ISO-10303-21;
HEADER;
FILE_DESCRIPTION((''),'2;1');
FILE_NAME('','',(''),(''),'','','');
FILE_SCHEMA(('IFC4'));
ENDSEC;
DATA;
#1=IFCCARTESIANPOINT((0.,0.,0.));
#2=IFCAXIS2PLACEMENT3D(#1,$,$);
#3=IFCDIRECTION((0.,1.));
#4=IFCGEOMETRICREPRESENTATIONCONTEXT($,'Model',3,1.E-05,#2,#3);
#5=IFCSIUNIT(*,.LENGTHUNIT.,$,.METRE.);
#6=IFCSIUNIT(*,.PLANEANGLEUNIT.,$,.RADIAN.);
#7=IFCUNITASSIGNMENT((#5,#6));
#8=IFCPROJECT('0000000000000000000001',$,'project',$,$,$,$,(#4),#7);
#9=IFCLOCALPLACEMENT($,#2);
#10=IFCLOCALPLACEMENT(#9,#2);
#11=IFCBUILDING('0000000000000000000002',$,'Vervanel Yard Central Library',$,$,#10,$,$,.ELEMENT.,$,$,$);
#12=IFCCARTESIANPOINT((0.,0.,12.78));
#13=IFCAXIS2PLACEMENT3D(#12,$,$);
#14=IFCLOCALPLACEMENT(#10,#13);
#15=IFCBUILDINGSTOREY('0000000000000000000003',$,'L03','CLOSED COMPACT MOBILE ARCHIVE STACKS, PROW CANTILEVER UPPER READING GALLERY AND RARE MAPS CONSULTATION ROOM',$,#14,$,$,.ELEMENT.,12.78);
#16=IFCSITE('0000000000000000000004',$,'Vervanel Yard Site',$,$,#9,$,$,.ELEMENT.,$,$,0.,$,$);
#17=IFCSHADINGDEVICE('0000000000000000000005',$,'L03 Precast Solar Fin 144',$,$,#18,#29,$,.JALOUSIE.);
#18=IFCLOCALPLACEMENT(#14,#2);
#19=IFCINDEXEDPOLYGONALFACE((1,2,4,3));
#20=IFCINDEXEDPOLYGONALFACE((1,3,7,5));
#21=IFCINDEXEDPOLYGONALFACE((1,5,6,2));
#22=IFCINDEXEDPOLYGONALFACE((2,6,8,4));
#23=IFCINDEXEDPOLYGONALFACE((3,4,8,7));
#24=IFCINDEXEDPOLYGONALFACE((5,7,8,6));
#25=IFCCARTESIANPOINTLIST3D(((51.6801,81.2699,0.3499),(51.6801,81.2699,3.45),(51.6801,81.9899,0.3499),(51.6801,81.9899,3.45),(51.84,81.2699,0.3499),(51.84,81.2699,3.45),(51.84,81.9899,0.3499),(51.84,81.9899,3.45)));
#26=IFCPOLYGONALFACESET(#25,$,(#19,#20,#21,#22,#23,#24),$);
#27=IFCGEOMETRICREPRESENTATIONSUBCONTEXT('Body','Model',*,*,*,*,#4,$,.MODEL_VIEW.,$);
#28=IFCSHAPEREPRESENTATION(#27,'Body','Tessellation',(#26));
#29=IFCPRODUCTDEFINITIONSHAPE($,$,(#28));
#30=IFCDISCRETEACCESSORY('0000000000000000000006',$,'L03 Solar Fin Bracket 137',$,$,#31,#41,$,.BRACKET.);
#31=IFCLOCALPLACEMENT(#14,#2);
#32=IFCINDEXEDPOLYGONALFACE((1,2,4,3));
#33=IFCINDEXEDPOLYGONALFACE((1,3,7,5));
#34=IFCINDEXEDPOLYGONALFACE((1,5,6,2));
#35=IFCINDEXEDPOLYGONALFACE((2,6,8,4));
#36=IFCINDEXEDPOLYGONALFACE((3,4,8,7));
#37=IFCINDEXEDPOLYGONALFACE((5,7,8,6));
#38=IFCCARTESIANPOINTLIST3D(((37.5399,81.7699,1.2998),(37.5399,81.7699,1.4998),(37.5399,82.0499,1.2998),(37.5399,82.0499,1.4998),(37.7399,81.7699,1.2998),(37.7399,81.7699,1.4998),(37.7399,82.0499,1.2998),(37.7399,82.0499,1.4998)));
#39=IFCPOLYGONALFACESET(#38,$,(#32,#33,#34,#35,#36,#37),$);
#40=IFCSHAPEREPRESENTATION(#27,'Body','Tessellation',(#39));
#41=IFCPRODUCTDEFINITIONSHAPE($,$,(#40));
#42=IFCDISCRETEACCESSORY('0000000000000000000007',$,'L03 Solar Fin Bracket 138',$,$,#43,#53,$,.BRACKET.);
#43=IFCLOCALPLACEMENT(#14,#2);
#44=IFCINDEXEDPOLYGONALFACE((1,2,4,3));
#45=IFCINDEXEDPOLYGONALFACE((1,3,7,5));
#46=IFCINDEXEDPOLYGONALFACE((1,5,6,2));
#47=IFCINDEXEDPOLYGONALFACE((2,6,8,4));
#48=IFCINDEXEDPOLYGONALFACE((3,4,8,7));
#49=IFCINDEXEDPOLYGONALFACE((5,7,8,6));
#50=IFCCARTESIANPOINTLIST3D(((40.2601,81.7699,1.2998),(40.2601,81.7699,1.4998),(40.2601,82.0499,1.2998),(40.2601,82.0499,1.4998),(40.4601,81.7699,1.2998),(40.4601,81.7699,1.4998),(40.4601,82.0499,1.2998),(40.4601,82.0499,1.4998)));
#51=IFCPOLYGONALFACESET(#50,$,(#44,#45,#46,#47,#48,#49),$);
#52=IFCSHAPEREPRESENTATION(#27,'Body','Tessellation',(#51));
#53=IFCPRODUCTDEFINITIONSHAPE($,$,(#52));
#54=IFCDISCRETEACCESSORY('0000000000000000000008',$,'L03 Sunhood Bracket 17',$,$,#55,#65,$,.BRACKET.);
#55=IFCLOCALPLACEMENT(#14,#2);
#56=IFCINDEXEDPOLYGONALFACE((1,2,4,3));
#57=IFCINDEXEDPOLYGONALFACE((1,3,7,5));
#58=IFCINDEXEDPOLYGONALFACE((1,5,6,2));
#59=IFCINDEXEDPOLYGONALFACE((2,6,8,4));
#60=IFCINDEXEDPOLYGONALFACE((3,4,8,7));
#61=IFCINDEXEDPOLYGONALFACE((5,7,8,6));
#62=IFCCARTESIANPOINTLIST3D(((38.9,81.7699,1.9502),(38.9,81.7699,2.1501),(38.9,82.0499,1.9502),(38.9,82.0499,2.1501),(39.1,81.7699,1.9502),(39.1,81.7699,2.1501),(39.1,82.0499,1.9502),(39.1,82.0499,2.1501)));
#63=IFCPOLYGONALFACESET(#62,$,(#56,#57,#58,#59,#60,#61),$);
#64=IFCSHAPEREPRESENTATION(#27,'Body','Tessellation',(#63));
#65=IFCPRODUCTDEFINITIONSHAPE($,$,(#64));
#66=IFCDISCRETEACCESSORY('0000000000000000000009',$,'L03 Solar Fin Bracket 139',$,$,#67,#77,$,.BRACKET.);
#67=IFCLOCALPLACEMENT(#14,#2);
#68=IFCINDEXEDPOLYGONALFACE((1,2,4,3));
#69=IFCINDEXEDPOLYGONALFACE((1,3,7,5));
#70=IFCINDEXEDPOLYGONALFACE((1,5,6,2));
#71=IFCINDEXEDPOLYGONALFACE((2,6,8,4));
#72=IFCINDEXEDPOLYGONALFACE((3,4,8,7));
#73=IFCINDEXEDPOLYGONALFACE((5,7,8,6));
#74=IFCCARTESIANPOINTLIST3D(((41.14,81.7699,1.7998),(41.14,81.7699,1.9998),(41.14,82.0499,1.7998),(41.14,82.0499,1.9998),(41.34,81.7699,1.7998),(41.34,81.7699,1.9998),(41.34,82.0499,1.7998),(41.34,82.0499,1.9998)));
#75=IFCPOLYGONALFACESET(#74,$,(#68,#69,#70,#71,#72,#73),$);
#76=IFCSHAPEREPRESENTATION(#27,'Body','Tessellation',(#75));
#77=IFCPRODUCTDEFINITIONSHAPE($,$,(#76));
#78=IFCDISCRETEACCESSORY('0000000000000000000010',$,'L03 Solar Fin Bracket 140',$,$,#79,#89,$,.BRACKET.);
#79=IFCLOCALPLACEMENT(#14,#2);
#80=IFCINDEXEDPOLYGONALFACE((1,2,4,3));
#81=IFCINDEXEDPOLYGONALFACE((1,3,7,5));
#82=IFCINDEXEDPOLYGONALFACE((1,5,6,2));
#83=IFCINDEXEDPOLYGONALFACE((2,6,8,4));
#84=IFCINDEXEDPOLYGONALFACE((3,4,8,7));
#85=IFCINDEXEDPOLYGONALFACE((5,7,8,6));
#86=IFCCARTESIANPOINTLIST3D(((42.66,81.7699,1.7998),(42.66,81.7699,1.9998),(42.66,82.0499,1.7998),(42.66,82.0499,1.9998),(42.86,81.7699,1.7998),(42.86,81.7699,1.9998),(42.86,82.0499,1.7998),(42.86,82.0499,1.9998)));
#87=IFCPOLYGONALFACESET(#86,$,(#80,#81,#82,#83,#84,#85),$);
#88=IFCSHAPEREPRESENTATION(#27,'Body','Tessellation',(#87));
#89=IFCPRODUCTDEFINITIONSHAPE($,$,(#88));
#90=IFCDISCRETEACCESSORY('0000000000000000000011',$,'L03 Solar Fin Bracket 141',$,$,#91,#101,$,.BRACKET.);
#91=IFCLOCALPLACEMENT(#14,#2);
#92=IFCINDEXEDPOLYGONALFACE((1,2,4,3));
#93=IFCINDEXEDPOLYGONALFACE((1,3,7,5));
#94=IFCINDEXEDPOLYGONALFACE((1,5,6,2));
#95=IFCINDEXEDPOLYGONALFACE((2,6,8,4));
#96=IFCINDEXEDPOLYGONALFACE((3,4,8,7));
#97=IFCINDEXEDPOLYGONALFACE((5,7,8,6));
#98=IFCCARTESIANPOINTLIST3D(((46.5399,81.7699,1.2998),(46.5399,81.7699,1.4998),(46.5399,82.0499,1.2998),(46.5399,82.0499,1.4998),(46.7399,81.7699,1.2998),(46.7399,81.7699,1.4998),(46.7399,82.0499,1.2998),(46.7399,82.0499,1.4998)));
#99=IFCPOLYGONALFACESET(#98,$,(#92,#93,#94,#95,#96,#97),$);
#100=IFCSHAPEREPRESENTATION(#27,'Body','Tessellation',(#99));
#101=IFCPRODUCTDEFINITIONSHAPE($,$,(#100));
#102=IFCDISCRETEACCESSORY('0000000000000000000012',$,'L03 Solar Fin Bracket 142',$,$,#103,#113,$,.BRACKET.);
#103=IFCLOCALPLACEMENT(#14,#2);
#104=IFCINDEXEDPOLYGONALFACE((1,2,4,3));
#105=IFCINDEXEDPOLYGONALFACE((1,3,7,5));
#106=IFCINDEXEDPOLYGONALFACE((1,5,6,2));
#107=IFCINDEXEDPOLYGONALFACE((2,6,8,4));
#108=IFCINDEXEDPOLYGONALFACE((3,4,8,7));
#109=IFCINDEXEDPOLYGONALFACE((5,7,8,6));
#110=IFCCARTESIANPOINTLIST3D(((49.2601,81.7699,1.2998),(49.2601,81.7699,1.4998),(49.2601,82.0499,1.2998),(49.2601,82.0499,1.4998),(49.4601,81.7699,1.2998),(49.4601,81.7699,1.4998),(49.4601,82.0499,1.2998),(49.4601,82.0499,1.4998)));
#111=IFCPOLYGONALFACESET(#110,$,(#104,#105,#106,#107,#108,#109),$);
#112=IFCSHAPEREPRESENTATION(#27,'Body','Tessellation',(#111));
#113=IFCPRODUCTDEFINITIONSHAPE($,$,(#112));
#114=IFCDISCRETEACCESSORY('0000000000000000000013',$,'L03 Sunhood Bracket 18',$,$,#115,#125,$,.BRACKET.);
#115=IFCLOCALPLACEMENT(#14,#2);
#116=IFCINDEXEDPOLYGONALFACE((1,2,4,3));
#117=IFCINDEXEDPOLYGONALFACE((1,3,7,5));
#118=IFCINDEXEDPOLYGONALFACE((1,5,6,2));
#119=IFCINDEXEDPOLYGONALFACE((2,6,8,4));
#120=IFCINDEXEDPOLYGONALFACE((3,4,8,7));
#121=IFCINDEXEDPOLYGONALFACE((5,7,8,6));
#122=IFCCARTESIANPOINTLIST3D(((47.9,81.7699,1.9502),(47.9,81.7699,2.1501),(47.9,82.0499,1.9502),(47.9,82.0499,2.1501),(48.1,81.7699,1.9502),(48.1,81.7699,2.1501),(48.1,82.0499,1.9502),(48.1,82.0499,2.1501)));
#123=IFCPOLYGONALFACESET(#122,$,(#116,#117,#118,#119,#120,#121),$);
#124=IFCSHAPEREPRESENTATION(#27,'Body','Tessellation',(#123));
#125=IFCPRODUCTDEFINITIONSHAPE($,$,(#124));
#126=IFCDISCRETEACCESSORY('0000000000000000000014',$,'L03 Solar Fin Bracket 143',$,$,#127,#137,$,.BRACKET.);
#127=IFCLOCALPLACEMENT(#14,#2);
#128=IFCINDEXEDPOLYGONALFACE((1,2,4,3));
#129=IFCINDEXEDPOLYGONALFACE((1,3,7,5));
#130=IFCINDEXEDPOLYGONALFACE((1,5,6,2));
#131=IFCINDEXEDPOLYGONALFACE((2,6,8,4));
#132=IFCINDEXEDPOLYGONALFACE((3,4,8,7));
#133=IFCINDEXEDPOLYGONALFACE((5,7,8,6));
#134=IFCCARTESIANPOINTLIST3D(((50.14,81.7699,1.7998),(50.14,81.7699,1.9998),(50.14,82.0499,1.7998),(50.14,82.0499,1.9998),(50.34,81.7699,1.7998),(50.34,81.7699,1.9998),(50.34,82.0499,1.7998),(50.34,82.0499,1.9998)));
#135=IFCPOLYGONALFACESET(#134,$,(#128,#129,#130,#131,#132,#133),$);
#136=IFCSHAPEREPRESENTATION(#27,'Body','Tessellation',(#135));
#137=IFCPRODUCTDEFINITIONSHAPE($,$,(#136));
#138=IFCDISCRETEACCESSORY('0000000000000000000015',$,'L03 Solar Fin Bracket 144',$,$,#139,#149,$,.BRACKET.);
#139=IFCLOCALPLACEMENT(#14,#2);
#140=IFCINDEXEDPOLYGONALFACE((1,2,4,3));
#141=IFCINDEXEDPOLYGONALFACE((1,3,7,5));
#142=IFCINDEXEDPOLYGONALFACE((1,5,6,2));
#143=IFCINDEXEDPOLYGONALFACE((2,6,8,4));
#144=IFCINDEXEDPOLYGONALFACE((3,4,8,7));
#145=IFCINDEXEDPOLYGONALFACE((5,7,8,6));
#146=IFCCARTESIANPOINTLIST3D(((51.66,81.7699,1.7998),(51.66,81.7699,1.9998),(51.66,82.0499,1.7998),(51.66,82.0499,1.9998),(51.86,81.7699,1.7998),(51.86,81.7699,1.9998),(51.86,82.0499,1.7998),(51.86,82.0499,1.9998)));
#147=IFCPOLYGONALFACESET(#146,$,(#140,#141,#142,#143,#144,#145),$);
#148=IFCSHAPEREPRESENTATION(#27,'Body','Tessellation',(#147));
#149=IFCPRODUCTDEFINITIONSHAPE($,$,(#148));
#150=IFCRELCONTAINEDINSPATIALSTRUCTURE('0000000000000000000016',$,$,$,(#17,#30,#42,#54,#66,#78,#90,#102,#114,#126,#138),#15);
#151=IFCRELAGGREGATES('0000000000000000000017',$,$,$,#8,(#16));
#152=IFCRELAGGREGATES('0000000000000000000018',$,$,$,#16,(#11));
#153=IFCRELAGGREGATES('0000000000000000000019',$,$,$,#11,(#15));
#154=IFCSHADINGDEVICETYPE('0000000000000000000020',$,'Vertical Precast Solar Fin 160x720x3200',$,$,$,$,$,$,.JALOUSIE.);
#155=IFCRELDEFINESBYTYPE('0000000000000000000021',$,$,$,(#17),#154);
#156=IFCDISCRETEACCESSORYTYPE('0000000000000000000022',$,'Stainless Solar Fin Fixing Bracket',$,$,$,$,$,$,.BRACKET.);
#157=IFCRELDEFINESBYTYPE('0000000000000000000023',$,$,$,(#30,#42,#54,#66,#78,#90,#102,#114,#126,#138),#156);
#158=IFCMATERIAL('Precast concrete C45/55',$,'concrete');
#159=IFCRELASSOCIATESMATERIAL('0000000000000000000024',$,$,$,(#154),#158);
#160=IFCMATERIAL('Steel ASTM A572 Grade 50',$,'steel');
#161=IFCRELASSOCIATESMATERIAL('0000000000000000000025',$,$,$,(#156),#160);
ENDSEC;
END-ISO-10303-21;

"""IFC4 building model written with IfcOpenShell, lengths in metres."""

from ifc_helpers import new_model, si_unit, direction, frame, origin, origin_2d, place, context, subcontext, project, spatial, rectangle, extrude, material, type_object, element, save


model = new_model("IFC4")

# Units and contexts
model_context = context("Model", 3, precision=1e-05, world=origin(), true_north=direction((0.0, 1.0)))
body_context = subcontext(model_context, "Body", "Model", "MODEL_VIEW")
ifc_project = project(units=[si_unit("LENGTHUNIT", "METRE"), si_unit("PLANEANGLEUNIT", "RADIAN")], contexts=[model_context])

# Site, building, storey
site_placement = place(None, origin())
site = spatial("IfcSite", under=ifc_project, at=site_placement, Name="Vervanel Yard Site", CompositionType="ELEMENT", RefElevation=0.0)
building_placement = place(site_placement, origin())
building = spatial("IfcBuilding", under=site, at=building_placement, Name="Vervanel Yard Central Library", CompositionType="ELEMENT")
storey_placement = place(building_placement, frame((0.0, 0.0, 12.78)))
storey = spatial("IfcBuildingStorey", under=building, at=storey_placement, Name="L03", Description="CLOSED COMPACT MOBILE ARCHIVE STACKS, PROW CANTILEVER UPPER READING GALLERY AND RARE MAPS CONSULTATION ROOM", CompositionType="ELEMENT", Elevation=12.78)

# Shared definitions
ifc_material_1 = material(Name="Precast concrete C45/55", Category="concrete")

# Shading device
shading_device_type_1 = type_object("IfcShadingDeviceType", Name="Vertical Precast Solar Fin 160x720x3200", PredefinedType="JALOUSIE", material=ifc_material_1)
for number, where, z_axis, x_axis, name in (
    (1, (51.76, 81.6299, 0.3499), (0.0, 0.0, 1.0), (1.0, 0.0, 0.0), "L03 Precast Solar Fin 144"),
):
    element("IfcShadingDevice", number, at=place(storey_placement, frame(where, z_axis=z_axis, x_axis=x_axis)), inside=storey, type_object=shading_device_type_1, Name=name, PredefinedType="JALOUSIE", context=body_context, shape_type="SweptSolid", body=[
        extrude(rectangle(XDim=0.1599, YDim=0.72, at=origin_2d()), origin(), (0.0, 0.0, 1.0), 3.1001),
    ])

# Discrete accessories
ifc_material_2 = material(Name="Steel ASTM A572 Grade 50", Category="steel")
discrete_accessory_type = type_object("IfcDiscreteAccessoryType", Name="Stainless Solar Fin Fixing Bracket", PredefinedType="BRACKET", material=ifc_material_2)
for number, where, z_axis, x_axis, name in (
    (2, (37.6399, 81.9099, 1.2998), (0.0, 0.0, 1.0), (1.0, 0.0, 0.0), "L03 Solar Fin Bracket 137"),
    (3, (40.3601, 81.9099, 1.2998), (0.0, 0.0, 1.0), (1.0, 0.0, 0.0), "L03 Solar Fin Bracket 138"),
    (4, (39.0, 81.9099, 1.9502), (0.0, 0.0, 1.0), (1.0, 0.0, 0.0), "L03 Sunhood Bracket 17"),
    (5, (41.24, 81.9099, 1.7998), (0.0, 0.0, 1.0), (1.0, 0.0, 0.0), "L03 Solar Fin Bracket 139"),
    (6, (42.76, 81.9099, 1.7998), (0.0, 0.0, 1.0), (1.0, 0.0, 0.0), "L03 Solar Fin Bracket 140"),
    (7, (46.6399, 81.9099, 1.2998), (0.0, 0.0, 1.0), (1.0, 0.0, 0.0), "L03 Solar Fin Bracket 141"),
    (8, (49.3601, 81.9099, 1.2998), (0.0, 0.0, 1.0), (1.0, 0.0, 0.0), "L03 Solar Fin Bracket 142"),
    (9, (48.0, 81.9099, 1.9502), (0.0, 0.0, 1.0), (1.0, 0.0, 0.0), "L03 Sunhood Bracket 18"),
    (10, (50.24, 81.9099, 1.7998), (0.0, 0.0, 1.0), (1.0, 0.0, 0.0), "L03 Solar Fin Bracket 143"),
    (11, (51.76, 81.9099, 1.7998), (0.0, 0.0, 1.0), (1.0, 0.0, 0.0), "L03 Solar Fin Bracket 144"),
):
    element("IfcDiscreteAccessory", number, at=place(storey_placement, frame(where, z_axis=z_axis, x_axis=x_axis)), inside=storey, type_object=discrete_accessory_type, Name=name, PredefinedType="BRACKET", context=body_context, shape_type="SweptSolid", body=[
        extrude(rectangle(XDim=0.2, YDim=0.28, at=origin_2d()), origin(), (0.0, 0.0, 1.0), 0.2),
    ])

save(model, "model.ifc")
